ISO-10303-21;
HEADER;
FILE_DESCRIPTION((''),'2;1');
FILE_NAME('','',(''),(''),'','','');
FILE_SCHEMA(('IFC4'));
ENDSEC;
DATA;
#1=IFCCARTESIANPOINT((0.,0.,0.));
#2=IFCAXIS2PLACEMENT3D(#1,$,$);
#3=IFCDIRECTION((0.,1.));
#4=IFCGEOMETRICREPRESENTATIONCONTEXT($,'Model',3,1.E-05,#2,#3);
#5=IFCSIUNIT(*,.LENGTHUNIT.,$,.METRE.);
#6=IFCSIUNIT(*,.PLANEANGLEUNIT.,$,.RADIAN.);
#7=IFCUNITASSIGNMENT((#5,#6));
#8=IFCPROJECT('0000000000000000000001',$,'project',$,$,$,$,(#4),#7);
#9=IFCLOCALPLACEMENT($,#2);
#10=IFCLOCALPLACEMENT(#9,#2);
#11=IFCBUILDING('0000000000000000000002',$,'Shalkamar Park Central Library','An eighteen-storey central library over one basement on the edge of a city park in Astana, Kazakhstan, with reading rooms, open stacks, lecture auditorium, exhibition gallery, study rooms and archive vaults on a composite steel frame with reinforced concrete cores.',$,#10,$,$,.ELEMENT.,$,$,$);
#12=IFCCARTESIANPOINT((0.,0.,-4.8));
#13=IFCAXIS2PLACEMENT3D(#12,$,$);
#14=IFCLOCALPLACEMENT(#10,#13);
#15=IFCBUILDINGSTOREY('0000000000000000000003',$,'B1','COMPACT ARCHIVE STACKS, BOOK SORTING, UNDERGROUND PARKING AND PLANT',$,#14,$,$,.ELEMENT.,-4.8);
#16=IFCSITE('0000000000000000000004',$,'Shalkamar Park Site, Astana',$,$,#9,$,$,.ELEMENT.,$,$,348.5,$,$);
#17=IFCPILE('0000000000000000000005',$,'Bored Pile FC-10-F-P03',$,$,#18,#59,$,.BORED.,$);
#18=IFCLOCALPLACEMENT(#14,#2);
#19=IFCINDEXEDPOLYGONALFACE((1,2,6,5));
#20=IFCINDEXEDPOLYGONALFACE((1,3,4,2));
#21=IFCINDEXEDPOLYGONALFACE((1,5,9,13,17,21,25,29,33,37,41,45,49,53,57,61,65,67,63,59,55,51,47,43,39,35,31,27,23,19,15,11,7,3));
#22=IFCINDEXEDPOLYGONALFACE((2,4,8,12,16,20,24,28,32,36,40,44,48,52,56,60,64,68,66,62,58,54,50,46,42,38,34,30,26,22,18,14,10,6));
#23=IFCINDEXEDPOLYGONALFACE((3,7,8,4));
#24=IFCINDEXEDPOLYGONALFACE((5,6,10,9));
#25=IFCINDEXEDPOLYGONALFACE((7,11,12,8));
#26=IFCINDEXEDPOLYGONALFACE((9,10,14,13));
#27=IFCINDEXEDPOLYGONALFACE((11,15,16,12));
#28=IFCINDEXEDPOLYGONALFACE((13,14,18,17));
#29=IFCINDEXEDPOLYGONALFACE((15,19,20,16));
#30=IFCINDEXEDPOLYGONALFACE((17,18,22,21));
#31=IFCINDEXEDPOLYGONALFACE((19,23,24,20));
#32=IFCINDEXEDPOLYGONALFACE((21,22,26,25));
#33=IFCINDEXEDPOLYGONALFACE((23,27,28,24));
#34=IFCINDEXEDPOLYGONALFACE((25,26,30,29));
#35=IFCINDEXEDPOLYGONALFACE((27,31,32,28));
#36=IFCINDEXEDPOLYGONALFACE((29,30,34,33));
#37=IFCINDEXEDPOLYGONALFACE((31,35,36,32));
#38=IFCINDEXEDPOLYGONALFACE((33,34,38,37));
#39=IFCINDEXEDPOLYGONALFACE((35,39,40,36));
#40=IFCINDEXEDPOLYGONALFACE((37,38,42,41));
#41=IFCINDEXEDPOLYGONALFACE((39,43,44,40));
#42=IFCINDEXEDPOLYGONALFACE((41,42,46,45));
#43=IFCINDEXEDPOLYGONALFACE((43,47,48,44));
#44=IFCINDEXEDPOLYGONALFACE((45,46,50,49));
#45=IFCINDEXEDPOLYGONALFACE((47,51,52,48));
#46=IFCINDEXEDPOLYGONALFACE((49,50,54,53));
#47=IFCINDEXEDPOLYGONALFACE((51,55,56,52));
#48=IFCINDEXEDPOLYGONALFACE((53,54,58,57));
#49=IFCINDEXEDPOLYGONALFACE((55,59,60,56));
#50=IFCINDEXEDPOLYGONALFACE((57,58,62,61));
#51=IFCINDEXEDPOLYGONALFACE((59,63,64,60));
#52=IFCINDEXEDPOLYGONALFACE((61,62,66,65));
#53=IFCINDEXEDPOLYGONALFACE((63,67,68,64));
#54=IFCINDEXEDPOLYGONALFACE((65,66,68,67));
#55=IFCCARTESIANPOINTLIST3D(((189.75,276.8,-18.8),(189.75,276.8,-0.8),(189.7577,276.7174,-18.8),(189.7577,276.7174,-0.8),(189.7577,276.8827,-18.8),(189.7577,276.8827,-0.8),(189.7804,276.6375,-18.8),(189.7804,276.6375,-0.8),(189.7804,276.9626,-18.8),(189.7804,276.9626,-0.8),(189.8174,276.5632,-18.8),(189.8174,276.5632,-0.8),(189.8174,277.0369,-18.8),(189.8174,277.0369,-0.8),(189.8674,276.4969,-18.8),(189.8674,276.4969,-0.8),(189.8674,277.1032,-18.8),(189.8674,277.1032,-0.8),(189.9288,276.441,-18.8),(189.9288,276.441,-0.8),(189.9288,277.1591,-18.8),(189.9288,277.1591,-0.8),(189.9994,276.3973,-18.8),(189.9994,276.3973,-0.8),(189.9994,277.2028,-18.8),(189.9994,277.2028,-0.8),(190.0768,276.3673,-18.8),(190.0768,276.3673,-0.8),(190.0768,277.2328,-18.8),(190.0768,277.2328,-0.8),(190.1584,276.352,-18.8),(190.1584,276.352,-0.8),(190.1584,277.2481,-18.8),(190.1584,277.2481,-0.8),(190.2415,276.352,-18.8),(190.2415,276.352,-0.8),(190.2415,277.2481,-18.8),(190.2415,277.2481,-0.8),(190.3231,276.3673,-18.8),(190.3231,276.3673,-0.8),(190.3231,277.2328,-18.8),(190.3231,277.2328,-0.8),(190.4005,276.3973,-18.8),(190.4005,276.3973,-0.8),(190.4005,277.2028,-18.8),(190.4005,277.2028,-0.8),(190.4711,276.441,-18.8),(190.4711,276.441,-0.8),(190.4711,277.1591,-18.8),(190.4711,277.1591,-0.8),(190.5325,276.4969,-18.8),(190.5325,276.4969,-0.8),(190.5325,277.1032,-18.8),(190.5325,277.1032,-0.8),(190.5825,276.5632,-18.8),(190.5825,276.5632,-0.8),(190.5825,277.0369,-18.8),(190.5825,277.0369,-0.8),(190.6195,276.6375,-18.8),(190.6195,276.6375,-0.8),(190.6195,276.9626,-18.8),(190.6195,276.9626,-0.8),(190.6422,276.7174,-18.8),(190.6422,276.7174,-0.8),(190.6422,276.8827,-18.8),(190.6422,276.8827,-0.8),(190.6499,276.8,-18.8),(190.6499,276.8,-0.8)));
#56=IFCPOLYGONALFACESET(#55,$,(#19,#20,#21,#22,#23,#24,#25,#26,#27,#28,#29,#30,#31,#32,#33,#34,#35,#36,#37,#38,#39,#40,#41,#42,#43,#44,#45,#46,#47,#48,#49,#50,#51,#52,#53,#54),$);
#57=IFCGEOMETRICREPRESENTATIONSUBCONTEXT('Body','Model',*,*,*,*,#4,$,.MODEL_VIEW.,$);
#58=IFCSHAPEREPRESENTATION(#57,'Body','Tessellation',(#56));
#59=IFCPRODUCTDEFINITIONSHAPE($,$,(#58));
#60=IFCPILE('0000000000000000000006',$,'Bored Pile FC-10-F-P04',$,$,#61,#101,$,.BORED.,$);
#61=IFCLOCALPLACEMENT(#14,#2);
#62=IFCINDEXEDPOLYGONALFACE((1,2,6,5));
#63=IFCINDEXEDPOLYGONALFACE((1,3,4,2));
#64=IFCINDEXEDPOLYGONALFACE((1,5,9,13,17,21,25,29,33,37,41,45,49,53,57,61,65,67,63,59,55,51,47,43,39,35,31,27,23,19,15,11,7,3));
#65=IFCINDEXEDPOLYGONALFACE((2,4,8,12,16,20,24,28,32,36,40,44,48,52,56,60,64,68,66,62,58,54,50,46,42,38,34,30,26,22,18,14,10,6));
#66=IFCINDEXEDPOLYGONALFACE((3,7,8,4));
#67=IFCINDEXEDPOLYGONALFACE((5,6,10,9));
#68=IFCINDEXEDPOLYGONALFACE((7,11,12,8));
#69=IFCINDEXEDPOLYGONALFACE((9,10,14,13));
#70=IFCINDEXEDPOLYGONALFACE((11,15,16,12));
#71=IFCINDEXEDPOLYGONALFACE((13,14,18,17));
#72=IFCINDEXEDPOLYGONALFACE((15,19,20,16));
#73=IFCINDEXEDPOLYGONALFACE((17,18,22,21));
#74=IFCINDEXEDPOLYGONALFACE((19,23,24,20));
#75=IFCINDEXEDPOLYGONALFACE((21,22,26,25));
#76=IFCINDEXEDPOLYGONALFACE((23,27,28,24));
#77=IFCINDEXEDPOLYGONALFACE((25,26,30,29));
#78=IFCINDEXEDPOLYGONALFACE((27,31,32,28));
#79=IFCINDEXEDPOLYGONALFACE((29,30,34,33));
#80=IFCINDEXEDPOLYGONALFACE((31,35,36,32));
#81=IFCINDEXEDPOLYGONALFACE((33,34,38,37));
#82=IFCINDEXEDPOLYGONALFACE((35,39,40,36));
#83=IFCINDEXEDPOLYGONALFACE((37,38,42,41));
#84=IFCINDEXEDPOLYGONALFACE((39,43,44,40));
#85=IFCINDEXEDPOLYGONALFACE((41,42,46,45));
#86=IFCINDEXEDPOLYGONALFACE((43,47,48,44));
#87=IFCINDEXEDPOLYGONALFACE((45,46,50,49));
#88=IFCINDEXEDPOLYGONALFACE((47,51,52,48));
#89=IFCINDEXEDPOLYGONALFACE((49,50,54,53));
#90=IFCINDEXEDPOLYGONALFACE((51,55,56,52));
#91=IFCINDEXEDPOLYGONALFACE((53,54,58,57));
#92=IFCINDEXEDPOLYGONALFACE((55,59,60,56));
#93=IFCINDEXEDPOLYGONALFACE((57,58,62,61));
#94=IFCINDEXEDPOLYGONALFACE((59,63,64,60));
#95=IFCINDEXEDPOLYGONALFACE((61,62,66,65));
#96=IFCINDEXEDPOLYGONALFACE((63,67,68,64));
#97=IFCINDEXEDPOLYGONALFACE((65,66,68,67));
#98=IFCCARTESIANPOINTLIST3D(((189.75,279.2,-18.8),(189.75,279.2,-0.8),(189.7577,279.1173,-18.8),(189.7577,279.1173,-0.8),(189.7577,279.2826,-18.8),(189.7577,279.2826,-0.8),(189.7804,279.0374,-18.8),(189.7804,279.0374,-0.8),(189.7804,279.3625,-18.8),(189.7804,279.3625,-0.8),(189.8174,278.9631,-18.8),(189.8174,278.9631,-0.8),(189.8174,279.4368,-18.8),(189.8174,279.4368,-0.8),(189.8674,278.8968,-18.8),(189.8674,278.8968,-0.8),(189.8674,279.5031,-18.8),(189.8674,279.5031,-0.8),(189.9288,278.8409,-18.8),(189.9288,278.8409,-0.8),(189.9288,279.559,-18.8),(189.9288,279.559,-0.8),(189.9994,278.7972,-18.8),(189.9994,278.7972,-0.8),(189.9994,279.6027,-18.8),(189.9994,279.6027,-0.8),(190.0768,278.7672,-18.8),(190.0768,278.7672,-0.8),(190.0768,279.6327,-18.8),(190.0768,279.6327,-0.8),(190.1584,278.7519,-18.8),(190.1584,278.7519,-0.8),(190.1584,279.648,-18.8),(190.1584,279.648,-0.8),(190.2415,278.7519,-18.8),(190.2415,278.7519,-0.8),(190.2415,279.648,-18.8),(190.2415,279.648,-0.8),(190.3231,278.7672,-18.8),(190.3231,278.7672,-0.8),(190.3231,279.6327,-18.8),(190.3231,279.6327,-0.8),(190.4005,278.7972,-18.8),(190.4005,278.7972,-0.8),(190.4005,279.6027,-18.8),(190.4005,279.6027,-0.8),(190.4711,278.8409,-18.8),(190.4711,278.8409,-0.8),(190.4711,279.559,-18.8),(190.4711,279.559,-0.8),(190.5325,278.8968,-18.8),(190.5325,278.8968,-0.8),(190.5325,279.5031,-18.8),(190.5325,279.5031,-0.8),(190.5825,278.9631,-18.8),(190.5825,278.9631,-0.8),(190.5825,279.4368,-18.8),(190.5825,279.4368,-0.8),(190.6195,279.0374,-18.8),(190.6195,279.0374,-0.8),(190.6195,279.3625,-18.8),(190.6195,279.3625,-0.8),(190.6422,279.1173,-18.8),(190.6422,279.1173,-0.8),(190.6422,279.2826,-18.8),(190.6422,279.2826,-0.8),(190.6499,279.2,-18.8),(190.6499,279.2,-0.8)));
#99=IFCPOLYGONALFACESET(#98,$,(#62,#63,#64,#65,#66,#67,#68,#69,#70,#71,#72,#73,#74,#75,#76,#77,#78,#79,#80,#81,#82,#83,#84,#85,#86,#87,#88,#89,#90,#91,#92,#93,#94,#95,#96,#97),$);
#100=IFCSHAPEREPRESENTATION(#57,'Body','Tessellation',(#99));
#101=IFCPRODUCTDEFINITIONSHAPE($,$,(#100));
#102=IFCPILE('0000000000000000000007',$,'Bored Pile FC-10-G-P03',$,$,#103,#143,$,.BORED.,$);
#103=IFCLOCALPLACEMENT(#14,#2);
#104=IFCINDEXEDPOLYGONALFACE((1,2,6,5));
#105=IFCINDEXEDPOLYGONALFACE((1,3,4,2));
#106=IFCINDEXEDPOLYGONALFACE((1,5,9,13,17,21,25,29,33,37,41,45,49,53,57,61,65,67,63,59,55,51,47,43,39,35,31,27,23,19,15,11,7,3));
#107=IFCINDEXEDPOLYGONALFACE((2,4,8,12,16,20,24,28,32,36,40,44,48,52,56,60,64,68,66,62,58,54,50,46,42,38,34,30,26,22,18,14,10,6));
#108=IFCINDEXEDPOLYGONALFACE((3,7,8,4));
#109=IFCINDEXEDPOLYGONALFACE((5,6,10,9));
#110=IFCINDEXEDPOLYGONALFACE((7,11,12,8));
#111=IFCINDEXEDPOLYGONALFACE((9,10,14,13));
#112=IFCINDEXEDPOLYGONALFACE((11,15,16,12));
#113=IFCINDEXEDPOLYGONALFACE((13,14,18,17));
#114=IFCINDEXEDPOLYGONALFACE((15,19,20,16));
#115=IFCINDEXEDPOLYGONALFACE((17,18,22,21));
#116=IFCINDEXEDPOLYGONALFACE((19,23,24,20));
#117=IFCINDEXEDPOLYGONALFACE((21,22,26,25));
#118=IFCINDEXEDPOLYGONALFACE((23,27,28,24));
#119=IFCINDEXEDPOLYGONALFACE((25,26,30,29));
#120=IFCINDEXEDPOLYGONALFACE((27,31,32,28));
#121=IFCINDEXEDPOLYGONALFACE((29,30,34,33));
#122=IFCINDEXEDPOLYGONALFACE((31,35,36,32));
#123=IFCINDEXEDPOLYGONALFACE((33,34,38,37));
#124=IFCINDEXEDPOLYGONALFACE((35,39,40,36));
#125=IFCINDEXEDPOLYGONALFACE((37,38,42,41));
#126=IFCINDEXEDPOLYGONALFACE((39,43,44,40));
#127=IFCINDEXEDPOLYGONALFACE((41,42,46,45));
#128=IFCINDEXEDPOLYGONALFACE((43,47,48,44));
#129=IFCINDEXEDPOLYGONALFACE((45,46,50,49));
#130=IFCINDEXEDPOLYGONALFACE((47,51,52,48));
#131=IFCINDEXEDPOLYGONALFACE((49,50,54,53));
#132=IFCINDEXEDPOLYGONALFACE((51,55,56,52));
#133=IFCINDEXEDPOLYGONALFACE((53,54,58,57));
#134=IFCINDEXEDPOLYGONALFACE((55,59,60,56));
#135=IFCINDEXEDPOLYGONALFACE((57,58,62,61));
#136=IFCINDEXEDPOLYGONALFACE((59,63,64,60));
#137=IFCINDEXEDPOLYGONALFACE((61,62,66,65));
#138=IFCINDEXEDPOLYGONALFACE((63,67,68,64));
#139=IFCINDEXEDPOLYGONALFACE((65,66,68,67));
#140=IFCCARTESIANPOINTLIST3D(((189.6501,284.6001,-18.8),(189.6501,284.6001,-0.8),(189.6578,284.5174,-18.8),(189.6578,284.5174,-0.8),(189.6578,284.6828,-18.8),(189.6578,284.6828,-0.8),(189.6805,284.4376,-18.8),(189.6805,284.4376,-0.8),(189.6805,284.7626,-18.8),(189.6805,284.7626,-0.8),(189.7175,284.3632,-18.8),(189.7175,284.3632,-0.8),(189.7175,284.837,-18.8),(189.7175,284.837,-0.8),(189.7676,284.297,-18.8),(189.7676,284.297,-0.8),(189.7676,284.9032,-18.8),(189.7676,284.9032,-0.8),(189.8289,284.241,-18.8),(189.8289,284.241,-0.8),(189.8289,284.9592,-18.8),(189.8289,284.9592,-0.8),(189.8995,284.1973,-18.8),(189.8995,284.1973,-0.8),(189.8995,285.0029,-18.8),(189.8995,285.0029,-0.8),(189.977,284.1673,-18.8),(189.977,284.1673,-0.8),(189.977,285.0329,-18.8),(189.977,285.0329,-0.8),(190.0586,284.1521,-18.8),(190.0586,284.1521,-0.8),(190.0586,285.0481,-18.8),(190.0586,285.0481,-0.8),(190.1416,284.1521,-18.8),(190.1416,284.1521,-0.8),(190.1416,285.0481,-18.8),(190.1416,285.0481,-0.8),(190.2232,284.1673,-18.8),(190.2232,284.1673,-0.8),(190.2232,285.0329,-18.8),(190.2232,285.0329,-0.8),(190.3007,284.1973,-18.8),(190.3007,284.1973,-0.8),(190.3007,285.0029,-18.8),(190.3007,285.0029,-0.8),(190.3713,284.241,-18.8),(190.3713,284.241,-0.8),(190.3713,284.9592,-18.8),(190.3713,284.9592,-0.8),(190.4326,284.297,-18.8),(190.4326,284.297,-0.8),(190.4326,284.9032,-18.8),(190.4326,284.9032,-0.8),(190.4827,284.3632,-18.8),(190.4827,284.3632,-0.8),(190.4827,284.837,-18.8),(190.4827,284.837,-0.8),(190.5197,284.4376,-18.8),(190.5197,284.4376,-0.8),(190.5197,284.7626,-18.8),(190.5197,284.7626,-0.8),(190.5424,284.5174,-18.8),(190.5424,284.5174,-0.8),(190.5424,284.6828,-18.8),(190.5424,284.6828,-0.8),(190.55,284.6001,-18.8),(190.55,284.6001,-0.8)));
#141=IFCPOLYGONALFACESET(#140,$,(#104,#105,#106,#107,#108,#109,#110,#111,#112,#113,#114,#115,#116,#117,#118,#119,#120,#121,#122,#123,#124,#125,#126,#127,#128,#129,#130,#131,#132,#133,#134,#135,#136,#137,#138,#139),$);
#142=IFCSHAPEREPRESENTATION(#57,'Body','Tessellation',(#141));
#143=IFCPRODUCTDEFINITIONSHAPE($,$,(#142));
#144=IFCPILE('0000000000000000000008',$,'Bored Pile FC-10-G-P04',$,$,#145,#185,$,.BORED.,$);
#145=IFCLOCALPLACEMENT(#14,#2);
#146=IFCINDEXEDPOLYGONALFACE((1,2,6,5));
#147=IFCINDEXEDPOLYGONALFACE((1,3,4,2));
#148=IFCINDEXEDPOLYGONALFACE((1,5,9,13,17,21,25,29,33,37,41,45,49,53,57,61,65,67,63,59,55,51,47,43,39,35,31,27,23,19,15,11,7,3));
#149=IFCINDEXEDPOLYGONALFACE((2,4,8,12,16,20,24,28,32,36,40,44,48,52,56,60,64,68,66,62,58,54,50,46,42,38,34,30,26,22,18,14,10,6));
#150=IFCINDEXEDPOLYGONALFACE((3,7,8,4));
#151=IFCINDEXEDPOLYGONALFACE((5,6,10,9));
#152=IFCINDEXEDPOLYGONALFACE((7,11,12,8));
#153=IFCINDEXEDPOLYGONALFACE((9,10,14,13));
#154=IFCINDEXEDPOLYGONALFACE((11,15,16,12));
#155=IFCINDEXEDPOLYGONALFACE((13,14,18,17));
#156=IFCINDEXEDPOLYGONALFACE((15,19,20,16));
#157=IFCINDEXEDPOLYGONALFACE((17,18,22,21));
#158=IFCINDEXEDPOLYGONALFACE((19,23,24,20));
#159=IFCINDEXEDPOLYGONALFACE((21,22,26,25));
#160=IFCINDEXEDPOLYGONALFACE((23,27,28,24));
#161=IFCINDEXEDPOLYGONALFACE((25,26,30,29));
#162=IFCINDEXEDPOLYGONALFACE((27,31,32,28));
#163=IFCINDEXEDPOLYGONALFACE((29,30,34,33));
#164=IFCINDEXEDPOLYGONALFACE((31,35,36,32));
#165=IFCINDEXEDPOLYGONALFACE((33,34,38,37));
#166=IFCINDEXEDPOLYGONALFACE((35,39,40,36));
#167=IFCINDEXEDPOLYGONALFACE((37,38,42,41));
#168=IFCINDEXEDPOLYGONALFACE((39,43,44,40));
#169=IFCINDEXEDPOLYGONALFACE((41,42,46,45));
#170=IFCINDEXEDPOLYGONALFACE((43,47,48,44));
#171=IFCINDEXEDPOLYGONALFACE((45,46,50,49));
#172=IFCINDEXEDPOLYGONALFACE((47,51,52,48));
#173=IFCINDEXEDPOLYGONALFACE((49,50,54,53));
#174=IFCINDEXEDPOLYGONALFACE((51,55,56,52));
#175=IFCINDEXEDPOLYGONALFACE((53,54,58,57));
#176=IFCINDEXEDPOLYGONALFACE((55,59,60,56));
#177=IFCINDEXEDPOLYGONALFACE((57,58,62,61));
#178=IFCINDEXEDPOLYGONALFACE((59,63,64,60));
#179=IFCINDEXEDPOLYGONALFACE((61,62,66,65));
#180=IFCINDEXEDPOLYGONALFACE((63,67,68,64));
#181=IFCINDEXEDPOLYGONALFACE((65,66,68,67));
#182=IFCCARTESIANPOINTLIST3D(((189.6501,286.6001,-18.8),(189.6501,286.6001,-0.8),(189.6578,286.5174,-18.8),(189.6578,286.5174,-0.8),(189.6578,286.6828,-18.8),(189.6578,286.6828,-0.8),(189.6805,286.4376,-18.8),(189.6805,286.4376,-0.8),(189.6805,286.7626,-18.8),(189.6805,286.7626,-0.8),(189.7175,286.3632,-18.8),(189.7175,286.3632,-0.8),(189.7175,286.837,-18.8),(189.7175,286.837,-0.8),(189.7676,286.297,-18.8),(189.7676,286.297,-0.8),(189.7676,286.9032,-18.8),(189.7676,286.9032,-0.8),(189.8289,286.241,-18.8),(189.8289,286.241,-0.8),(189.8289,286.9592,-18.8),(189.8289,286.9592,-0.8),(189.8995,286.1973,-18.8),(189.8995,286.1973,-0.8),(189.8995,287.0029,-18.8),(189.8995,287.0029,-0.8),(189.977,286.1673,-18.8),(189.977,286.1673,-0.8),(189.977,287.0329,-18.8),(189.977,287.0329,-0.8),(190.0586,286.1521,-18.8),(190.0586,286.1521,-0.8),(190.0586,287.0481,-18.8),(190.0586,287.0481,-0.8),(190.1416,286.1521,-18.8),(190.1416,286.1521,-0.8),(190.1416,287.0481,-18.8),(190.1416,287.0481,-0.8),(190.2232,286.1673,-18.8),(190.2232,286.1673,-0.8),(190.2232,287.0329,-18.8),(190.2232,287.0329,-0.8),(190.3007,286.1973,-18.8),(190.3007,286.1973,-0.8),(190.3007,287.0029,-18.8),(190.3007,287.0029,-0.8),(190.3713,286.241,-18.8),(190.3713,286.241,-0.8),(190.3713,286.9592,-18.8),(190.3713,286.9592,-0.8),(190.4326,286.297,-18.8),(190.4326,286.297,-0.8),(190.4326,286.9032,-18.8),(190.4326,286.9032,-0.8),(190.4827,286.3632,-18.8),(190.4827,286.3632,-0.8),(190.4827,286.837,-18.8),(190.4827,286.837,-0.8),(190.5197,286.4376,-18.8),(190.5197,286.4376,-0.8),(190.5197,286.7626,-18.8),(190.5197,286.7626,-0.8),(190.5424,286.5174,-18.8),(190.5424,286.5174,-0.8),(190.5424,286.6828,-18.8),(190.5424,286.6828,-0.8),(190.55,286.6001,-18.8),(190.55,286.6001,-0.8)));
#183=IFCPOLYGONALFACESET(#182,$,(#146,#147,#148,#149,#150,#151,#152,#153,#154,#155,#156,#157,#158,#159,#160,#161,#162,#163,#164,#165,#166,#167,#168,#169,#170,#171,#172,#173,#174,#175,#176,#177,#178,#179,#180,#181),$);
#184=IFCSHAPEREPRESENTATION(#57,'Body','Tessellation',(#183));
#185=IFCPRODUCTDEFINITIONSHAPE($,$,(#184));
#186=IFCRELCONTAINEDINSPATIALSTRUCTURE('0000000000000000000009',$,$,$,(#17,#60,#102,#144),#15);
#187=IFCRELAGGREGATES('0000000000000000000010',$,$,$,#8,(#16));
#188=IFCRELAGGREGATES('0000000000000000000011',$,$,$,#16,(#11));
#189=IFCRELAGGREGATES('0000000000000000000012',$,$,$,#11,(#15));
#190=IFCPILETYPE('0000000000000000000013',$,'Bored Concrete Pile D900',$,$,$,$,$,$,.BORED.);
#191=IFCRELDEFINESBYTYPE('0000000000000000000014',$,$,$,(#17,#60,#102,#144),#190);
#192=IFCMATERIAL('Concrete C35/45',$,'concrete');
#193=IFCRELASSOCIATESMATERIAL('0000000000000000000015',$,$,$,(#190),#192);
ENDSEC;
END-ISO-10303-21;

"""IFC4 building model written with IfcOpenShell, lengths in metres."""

from ifc_helpers import new_model, si_unit, direction, frame, origin, origin_2d, place, context, subcontext, project, spatial, circle, extrude, material, material_profile, profile_set, type_object, element, save


model = new_model("IFC4")

# Units and contexts
model_context = context("Model", 3, precision=1e-05, world=origin(), true_north=direction((0.0, 1.0)))
body_context = subcontext(model_context, "Body", "Model", "MODEL_VIEW")
ifc_project = project(units=[si_unit("LENGTHUNIT", "METRE"), si_unit("PLANEANGLEUNIT", "RADIAN")], contexts=[model_context])

# Site, building, storey
site_placement = place(None, origin())
site = spatial("IfcSite", under=ifc_project, at=site_placement, Name="Shalkamar Park Site, Astana", CompositionType="ELEMENT", RefElevation=348.5)
building_placement = place(site_placement, origin())
building = spatial("IfcBuilding", under=site, at=building_placement, Name="Shalkamar Park Central Library", Description="An eighteen-storey central library over one basement on the edge of a city park in Astana, Kazakhstan, with reading rooms, open stacks, lecture auditorium, exhibition gallery, study rooms and archive vaults on a composite steel frame with reinforced concrete cores.", CompositionType="ELEMENT")
storey_placement = place(building_placement, frame((0.0, 0.0, -4.8)))
storey = spatial("IfcBuildingStorey", under=building, at=storey_placement, Name="B1", Description="COMPACT ARCHIVE STACKS, BOOK SORTING, UNDERGROUND PARKING AND PLANT", CompositionType="ELEMENT", Elevation=-4.8)

# Piles
ifc_material_1 = material(Name="Concrete C35/45", Category="concrete")
ifc_material_profile_1 = material_profile(ifc_material_1, circle(Radius=0.45, at=origin_2d()), Name="PILE D900")
ifc_profile_set_1 = profile_set([ifc_material_profile_1], Name="Concrete C35/45")
pile_type_1 = type_object("IfcPileType", Name="Bored Concrete Pile D900", PredefinedType="BORED", material=ifc_profile_set_1)
for number, where, z_axis, x_axis, name in (
    (1, (190.2, 276.8, -0.8), (0.0, 0.0, -1.0), (1.0, 0.0, 0.0), "Bored Pile FC-10-F-P03"),
    (2, (190.2, 279.2, -0.8), (0.0, 0.0, -1.0), (1.0, 0.0, 0.0), "Bored Pile FC-10-F-P04"),
    (3, (190.1001, 284.6001, -0.8), (0.0, 0.0, -1.0), (1.0, 0.0, 0.0), "Bored Pile FC-10-G-P03"),
    (4, (190.1001, 286.6001, -0.8), (0.0, 0.0, -1.0), (1.0, 0.0, 0.0), "Bored Pile FC-10-G-P04"),
):
    element("IfcPile", number, at=place(storey_placement, frame(where, z_axis=z_axis, x_axis=x_axis)), inside=storey, type_object=pile_type_1, Name=name, PredefinedType="BORED", context=body_context, shape_type="SweptSolid", body=[
        extrude(circle(Radius=0.45, at=origin_2d()), origin(), (0.0, 0.0, 1.0), 18.0),
    ])

save(model, "model.ifc")
